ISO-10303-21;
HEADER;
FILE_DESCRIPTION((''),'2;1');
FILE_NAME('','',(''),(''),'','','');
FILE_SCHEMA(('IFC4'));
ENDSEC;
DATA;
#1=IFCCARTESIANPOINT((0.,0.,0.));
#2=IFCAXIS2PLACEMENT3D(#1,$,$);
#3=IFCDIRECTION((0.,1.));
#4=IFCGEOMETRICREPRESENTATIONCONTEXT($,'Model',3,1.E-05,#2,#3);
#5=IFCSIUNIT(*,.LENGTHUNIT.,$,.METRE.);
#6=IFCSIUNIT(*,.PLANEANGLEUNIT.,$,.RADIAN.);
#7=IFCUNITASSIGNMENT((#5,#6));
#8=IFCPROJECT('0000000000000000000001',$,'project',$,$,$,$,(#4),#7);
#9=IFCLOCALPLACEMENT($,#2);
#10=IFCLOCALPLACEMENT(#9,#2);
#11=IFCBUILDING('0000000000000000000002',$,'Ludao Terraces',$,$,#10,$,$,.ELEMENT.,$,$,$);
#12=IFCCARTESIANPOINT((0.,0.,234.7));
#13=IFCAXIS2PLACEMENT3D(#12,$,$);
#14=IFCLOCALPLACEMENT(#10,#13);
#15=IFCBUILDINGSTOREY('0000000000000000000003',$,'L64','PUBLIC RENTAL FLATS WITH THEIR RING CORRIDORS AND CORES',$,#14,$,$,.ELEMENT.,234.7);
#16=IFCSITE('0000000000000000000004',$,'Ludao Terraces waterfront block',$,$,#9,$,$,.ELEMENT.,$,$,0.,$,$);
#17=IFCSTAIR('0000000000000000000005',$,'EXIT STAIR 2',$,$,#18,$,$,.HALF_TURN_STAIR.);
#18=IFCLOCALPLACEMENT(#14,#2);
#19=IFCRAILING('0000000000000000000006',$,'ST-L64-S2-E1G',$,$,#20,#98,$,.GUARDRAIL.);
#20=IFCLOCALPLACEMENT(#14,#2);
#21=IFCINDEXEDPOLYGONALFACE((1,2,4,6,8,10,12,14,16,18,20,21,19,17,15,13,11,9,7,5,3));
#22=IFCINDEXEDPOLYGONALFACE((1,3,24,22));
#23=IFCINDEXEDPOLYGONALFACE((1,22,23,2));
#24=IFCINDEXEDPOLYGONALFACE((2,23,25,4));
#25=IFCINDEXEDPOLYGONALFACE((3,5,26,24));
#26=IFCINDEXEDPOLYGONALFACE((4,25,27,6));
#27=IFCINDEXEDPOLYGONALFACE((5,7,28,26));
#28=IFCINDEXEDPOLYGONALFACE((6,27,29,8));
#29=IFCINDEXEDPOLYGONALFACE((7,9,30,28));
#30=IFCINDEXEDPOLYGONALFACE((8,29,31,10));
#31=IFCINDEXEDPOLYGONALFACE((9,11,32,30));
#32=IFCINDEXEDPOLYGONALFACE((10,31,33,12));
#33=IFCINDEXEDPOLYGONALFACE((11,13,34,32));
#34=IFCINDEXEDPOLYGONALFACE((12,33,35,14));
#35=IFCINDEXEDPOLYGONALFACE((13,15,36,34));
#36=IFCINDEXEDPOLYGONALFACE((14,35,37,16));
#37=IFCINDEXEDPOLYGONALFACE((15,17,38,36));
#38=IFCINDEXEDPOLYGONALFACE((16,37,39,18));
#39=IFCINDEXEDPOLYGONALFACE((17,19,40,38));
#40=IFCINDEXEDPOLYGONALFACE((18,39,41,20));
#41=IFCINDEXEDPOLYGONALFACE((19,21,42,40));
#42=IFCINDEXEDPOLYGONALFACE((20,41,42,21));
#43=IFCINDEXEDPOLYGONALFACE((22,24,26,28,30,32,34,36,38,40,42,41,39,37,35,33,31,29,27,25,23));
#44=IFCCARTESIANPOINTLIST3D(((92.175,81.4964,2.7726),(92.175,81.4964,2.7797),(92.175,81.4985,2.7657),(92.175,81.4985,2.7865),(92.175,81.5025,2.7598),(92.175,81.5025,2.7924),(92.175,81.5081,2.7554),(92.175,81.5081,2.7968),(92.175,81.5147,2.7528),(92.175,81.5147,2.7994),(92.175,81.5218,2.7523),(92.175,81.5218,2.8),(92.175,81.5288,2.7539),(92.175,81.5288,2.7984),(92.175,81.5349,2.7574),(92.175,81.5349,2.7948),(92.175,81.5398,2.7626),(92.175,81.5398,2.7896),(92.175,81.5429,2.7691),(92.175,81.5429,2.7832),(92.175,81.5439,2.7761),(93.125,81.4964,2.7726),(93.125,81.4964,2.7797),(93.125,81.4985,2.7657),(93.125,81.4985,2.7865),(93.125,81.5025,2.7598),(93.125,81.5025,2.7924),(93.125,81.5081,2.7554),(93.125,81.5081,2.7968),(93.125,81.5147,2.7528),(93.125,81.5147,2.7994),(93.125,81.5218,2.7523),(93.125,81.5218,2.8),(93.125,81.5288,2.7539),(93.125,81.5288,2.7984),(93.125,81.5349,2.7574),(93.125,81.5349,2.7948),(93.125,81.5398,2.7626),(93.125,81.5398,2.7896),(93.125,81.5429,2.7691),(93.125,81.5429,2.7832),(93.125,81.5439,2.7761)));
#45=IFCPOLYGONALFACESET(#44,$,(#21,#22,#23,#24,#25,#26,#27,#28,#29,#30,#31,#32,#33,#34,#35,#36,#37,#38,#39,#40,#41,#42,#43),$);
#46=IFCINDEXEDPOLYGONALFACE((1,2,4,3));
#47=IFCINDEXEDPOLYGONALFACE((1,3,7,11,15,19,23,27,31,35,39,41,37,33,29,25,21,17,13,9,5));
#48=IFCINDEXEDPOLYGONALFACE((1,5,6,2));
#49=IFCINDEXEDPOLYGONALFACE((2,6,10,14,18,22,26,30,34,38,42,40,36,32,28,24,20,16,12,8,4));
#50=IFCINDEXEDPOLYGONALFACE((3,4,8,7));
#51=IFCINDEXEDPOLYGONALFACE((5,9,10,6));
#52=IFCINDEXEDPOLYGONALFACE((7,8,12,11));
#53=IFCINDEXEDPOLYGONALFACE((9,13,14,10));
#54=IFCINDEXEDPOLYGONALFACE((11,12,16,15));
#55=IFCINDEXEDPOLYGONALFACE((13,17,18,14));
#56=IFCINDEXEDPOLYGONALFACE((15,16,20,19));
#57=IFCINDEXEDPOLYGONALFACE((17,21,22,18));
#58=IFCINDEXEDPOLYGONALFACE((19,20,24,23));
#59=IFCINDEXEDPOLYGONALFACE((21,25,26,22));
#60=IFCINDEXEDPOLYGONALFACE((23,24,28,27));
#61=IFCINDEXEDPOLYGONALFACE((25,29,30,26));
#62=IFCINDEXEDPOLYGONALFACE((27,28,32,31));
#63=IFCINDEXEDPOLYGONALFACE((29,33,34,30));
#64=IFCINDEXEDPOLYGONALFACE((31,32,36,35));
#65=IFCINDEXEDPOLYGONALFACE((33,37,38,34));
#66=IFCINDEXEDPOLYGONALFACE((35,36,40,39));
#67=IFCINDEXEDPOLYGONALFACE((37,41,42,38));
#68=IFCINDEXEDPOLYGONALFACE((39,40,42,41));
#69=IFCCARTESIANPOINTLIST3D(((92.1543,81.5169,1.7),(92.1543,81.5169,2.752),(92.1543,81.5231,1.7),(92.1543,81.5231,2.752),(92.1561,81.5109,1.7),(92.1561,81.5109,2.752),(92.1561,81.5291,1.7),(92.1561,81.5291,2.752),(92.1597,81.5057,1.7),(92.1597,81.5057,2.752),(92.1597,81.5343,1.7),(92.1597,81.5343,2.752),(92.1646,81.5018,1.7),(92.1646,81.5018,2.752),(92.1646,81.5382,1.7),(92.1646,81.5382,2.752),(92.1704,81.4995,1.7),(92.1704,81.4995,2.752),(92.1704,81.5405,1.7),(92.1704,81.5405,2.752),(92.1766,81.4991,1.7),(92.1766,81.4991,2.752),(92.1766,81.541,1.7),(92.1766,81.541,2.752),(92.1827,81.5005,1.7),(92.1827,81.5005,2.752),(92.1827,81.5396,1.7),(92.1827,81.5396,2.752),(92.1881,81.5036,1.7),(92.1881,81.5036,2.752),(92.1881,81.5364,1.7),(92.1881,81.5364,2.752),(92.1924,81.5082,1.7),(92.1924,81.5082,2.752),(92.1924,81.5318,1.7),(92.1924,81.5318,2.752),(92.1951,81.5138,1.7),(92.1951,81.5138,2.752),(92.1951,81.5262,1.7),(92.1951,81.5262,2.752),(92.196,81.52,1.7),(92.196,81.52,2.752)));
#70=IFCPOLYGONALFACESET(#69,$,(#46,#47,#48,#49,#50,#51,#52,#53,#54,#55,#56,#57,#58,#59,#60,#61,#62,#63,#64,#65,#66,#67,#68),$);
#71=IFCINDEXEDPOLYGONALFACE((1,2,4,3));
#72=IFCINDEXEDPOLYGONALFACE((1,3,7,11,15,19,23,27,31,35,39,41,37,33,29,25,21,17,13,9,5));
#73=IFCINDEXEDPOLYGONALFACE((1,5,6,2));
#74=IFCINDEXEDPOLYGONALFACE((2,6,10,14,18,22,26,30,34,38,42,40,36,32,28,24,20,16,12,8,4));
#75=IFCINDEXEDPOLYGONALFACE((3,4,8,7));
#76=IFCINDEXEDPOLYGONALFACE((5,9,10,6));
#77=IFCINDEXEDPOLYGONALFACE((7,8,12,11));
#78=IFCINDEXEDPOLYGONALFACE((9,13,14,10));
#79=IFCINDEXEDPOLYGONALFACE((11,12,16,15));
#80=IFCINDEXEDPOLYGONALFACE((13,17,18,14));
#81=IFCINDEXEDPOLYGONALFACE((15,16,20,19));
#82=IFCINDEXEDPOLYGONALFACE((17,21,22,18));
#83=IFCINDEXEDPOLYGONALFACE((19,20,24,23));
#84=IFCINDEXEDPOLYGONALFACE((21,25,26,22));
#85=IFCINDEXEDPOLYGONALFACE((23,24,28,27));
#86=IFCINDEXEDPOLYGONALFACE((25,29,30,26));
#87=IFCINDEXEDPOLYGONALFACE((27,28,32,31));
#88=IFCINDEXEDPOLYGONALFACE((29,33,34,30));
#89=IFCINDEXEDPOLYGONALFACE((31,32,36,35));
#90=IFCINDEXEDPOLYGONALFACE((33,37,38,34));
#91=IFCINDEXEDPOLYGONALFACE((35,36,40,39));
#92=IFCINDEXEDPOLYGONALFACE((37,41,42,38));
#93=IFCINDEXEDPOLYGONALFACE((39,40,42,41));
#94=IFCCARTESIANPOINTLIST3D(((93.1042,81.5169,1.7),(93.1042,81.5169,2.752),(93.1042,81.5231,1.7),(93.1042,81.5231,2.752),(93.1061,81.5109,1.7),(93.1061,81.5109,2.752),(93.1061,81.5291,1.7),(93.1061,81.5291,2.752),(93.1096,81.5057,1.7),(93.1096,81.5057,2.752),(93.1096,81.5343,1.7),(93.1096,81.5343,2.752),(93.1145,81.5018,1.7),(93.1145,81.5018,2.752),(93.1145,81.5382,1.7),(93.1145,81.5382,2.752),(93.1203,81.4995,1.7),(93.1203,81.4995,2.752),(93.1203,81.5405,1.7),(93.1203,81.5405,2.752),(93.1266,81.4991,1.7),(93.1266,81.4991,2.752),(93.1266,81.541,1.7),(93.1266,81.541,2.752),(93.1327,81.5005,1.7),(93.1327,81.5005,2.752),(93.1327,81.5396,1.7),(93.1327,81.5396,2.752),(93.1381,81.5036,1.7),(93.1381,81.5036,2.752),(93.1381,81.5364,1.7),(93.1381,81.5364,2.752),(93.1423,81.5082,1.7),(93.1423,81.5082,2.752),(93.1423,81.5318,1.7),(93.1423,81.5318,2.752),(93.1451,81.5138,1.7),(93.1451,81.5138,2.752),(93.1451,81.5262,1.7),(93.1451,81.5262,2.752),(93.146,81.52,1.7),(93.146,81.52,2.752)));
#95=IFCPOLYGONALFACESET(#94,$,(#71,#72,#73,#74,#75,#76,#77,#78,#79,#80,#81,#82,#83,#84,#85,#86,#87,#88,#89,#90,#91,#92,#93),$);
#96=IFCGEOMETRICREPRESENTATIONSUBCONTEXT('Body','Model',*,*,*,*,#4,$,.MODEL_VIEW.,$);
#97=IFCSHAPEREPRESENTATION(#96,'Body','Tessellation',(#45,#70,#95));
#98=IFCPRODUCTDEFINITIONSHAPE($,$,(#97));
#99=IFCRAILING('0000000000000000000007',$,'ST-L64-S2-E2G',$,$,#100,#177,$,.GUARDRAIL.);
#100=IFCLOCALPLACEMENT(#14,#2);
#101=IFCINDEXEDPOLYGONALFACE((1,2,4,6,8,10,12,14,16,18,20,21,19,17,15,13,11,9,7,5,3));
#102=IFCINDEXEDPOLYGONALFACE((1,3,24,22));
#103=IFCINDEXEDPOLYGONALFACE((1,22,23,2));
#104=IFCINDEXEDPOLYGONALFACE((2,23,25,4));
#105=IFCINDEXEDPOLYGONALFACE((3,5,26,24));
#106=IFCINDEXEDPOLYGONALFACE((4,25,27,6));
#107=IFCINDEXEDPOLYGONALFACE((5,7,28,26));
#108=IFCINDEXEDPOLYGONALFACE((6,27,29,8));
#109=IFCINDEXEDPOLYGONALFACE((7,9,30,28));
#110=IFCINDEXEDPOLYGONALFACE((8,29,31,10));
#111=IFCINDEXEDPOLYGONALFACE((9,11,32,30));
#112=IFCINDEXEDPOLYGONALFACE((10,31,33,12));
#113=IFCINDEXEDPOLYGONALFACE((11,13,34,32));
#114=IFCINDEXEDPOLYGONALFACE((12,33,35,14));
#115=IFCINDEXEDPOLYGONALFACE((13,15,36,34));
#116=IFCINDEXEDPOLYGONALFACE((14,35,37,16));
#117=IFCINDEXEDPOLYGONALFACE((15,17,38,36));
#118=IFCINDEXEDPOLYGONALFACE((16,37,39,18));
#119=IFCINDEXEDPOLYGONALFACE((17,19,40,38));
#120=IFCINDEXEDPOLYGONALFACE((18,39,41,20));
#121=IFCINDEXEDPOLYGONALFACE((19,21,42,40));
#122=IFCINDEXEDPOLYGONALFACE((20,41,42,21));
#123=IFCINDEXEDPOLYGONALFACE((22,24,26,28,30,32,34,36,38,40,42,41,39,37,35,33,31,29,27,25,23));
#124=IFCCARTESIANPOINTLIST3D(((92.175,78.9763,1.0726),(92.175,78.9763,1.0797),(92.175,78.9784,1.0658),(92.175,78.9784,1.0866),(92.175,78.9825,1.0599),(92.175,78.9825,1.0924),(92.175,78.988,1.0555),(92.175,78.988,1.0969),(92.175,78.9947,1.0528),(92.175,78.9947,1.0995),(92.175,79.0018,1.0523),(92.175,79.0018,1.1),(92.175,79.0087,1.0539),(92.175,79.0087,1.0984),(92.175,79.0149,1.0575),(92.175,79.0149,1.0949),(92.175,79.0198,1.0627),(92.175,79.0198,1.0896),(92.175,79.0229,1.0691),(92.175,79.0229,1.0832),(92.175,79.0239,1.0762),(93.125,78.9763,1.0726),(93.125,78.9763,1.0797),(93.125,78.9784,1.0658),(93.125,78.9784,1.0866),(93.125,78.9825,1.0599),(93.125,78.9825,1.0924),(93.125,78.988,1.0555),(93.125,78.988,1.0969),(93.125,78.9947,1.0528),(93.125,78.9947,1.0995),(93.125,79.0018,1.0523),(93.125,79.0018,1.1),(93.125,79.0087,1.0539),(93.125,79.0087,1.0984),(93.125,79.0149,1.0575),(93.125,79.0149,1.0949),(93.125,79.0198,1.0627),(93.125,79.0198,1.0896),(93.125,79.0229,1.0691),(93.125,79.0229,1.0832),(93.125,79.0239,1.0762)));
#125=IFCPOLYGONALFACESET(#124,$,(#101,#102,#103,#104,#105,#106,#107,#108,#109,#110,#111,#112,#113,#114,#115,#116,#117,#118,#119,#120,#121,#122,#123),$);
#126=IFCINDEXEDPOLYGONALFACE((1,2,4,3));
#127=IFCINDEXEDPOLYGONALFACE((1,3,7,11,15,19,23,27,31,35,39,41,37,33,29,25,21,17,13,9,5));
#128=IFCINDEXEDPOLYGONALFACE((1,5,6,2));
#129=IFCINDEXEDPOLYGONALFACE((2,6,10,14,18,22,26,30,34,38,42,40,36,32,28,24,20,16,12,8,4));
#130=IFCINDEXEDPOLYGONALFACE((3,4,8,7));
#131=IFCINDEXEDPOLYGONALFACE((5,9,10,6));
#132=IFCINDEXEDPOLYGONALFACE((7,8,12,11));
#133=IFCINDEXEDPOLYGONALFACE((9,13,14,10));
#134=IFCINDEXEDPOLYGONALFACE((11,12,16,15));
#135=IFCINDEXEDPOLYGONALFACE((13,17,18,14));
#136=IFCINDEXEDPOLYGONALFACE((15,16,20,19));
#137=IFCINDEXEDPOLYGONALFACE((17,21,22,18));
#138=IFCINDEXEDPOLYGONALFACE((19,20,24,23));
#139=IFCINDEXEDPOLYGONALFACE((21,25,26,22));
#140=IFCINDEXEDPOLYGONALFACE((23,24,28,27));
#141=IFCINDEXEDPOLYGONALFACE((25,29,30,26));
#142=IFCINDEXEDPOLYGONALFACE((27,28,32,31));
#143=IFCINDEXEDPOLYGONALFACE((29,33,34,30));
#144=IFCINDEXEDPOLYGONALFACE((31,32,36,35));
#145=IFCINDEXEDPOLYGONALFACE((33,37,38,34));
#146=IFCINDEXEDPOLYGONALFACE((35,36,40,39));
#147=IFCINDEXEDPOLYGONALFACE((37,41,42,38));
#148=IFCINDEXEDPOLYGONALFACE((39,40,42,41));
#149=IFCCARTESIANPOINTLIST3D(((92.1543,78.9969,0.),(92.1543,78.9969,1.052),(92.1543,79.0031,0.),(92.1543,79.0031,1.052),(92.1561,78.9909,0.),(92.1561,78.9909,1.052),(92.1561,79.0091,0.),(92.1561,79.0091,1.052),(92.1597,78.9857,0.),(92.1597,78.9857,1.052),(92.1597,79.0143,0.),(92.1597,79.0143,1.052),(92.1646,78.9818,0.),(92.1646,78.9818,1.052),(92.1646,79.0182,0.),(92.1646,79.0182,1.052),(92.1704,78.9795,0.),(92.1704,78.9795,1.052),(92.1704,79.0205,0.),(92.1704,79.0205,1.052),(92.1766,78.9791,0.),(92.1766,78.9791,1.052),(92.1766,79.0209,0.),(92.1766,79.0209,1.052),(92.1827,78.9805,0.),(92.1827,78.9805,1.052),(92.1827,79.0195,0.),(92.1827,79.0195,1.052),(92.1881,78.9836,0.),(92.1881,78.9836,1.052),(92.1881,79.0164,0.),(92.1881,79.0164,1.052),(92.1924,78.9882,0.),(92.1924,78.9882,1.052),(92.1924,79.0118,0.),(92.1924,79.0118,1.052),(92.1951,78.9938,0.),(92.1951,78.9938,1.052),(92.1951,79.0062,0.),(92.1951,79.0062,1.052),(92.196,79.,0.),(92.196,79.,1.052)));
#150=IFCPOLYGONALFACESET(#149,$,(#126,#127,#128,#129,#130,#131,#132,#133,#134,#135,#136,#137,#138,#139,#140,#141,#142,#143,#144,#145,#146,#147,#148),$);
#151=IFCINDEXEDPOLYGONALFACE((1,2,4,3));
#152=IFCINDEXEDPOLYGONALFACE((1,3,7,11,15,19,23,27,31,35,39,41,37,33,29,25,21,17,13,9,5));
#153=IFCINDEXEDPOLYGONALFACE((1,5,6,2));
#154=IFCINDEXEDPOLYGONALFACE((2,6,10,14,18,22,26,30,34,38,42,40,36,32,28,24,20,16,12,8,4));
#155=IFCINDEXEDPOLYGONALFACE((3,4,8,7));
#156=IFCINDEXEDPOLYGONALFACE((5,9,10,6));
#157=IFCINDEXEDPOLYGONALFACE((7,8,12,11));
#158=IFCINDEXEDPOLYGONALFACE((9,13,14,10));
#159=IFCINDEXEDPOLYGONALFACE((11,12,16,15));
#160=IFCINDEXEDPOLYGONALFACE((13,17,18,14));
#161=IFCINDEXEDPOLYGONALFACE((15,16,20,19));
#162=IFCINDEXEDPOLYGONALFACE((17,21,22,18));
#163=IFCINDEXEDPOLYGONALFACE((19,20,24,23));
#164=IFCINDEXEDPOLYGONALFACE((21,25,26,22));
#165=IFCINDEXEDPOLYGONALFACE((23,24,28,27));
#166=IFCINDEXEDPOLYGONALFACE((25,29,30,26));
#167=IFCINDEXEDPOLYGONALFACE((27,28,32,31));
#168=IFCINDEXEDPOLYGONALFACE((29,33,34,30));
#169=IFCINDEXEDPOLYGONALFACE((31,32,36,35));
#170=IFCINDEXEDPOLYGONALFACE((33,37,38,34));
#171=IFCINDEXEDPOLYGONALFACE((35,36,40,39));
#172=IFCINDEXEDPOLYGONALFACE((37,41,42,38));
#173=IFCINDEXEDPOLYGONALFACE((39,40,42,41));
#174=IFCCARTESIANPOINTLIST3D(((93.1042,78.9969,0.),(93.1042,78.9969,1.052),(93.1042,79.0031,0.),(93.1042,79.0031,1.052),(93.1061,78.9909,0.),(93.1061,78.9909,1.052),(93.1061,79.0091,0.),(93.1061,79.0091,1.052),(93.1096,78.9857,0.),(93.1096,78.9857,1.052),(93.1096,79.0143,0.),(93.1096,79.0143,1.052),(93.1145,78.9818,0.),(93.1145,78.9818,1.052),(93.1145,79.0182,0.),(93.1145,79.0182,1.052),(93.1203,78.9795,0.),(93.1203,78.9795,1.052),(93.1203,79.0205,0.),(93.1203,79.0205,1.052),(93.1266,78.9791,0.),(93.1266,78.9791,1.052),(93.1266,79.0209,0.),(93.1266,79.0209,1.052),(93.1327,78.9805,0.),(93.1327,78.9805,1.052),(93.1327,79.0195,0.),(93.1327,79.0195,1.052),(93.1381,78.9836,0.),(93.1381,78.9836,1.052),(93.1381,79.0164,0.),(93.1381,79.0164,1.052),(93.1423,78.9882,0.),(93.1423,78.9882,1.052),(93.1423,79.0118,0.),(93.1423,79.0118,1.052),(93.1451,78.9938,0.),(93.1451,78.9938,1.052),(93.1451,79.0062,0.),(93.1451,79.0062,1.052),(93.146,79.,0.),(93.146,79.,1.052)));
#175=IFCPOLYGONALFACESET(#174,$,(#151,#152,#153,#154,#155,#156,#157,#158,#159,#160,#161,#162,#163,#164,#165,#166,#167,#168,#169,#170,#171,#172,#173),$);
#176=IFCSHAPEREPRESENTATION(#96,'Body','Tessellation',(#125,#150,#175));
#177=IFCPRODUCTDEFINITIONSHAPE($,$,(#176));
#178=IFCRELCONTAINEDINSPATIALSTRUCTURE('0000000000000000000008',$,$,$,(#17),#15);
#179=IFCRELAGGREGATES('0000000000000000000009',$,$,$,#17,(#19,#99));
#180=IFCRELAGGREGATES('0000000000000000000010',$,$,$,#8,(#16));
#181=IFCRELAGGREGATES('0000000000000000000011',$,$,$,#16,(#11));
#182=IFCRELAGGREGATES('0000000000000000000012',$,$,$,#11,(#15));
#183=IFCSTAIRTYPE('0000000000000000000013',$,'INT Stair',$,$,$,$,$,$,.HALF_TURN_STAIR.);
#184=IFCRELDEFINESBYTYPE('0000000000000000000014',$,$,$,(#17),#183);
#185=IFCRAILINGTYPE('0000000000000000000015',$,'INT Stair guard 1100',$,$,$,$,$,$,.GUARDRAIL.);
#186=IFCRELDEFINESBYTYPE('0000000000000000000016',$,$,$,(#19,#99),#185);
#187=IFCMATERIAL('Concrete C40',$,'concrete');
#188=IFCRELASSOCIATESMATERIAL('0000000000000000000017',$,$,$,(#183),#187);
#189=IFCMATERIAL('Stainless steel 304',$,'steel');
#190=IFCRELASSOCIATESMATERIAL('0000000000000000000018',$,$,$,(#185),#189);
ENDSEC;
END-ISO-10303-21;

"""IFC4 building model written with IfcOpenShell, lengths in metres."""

from ifc_helpers import new_model, si_unit, direction, frame, origin, origin_2d, place, context, subcontext, project, spatial, circle, extrude, material, type_object, element, aggregate, save


model = new_model("IFC4")

# Units and contexts
model_context = context("Model", 3, precision=1e-05, world=origin(), true_north=direction((0.0, 1.0)))
body_context = subcontext(model_context, "Body", "Model", "MODEL_VIEW")
ifc_project = project(units=[si_unit("LENGTHUNIT", "METRE"), si_unit("PLANEANGLEUNIT", "RADIAN")], contexts=[model_context])

# Site, building, storey
site_placement = place(None, origin())
site = spatial("IfcSite", under=ifc_project, at=site_placement, Name="Ludao Terraces waterfront block", CompositionType="ELEMENT", RefElevation=0.0)
building_placement = place(site_placement, origin())
building = spatial("IfcBuilding", under=site, at=building_placement, Name="Ludao Terraces", CompositionType="ELEMENT")
storey_placement = place(building_placement, frame((0.0, 0.0, 234.7)))
storey = spatial("IfcBuildingStorey", under=building, at=storey_placement, Name="L64", Description="PUBLIC RENTAL FLATS WITH THEIR RING CORRIDORS AND CORES", CompositionType="ELEMENT", Elevation=234.7)

# Shared definitions
ifc_material_1 = material(Name="Concrete C40", Category="concrete")

# Shared definitions
ifc_material_2 = material(Name="Stainless steel 304", Category="steel")

# Stair, railings
stair_type = type_object("IfcStairType", Name="INT Stair", PredefinedType="HALF_TURN_STAIR", material=ifc_material_1)
stair_placement = place(storey_placement, origin())
stair = element("IfcStair", 1, at=stair_placement, inside=storey, type_object=stair_type, Name="EXIT STAIR 2", PredefinedType="HALF_TURN_STAIR")
railing_type_1 = type_object("IfcRailingType", Name="INT Stair guard 1100", PredefinedType="GUARDRAIL", material=ifc_material_2)
railing_1_placement = place(storey_placement, frame((92.175, 81.52, 1.7)))
railing_1 = element("IfcRailing", 2, at=railing_1_placement, type_object=railing_type_1, Name="ST-L64-S2-E1G", PredefinedType="GUARDRAIL", context=body_context, shape_type="SweptSolid", body=[
    extrude(circle(Radius=0.0239, at=origin_2d()), frame((0.0, 0.0, 1.0762), z_axis=(1.0, 0.0, 0.0), x_axis=(0.0, 1.0, 0.0)), (0.0, 0.0, 1.0), 0.95),
    extrude(circle(Radius=0.021, at=origin_2d()), origin(), (0.0, 0.0, 1.0), 1.052),
    extrude(circle(Radius=0.021, at=origin_2d()), frame((0.95, 0.0, 0.0)), (0.0, 0.0, 1.0), 1.052),
])
railing_2_placement = place(storey_placement, frame((92.175, 79.0, 0.0)))
railing_2 = element("IfcRailing", 3, at=railing_2_placement, type_object=railing_type_1, Name="ST-L64-S2-E2G", PredefinedType="GUARDRAIL", context=body_context, shape_type="SweptSolid", body=[
    extrude(circle(Radius=0.0239, at=origin_2d()), frame((0.0, 0.0, 1.0762), z_axis=(1.0, 0.0, 0.0), x_axis=(0.0, 1.0, 0.0)), (0.0, 0.0, 1.0), 0.95),
    extrude(circle(Radius=0.021, at=origin_2d()), origin(), (0.0, 0.0, 1.0), 1.052),
    extrude(circle(Radius=0.021, at=origin_2d()), frame((0.95, 0.0, 0.0)), (0.0, 0.0, 1.0), 1.052),
])
aggregate(stair, [railing_1, railing_2])

save(model, "model.ifc")
